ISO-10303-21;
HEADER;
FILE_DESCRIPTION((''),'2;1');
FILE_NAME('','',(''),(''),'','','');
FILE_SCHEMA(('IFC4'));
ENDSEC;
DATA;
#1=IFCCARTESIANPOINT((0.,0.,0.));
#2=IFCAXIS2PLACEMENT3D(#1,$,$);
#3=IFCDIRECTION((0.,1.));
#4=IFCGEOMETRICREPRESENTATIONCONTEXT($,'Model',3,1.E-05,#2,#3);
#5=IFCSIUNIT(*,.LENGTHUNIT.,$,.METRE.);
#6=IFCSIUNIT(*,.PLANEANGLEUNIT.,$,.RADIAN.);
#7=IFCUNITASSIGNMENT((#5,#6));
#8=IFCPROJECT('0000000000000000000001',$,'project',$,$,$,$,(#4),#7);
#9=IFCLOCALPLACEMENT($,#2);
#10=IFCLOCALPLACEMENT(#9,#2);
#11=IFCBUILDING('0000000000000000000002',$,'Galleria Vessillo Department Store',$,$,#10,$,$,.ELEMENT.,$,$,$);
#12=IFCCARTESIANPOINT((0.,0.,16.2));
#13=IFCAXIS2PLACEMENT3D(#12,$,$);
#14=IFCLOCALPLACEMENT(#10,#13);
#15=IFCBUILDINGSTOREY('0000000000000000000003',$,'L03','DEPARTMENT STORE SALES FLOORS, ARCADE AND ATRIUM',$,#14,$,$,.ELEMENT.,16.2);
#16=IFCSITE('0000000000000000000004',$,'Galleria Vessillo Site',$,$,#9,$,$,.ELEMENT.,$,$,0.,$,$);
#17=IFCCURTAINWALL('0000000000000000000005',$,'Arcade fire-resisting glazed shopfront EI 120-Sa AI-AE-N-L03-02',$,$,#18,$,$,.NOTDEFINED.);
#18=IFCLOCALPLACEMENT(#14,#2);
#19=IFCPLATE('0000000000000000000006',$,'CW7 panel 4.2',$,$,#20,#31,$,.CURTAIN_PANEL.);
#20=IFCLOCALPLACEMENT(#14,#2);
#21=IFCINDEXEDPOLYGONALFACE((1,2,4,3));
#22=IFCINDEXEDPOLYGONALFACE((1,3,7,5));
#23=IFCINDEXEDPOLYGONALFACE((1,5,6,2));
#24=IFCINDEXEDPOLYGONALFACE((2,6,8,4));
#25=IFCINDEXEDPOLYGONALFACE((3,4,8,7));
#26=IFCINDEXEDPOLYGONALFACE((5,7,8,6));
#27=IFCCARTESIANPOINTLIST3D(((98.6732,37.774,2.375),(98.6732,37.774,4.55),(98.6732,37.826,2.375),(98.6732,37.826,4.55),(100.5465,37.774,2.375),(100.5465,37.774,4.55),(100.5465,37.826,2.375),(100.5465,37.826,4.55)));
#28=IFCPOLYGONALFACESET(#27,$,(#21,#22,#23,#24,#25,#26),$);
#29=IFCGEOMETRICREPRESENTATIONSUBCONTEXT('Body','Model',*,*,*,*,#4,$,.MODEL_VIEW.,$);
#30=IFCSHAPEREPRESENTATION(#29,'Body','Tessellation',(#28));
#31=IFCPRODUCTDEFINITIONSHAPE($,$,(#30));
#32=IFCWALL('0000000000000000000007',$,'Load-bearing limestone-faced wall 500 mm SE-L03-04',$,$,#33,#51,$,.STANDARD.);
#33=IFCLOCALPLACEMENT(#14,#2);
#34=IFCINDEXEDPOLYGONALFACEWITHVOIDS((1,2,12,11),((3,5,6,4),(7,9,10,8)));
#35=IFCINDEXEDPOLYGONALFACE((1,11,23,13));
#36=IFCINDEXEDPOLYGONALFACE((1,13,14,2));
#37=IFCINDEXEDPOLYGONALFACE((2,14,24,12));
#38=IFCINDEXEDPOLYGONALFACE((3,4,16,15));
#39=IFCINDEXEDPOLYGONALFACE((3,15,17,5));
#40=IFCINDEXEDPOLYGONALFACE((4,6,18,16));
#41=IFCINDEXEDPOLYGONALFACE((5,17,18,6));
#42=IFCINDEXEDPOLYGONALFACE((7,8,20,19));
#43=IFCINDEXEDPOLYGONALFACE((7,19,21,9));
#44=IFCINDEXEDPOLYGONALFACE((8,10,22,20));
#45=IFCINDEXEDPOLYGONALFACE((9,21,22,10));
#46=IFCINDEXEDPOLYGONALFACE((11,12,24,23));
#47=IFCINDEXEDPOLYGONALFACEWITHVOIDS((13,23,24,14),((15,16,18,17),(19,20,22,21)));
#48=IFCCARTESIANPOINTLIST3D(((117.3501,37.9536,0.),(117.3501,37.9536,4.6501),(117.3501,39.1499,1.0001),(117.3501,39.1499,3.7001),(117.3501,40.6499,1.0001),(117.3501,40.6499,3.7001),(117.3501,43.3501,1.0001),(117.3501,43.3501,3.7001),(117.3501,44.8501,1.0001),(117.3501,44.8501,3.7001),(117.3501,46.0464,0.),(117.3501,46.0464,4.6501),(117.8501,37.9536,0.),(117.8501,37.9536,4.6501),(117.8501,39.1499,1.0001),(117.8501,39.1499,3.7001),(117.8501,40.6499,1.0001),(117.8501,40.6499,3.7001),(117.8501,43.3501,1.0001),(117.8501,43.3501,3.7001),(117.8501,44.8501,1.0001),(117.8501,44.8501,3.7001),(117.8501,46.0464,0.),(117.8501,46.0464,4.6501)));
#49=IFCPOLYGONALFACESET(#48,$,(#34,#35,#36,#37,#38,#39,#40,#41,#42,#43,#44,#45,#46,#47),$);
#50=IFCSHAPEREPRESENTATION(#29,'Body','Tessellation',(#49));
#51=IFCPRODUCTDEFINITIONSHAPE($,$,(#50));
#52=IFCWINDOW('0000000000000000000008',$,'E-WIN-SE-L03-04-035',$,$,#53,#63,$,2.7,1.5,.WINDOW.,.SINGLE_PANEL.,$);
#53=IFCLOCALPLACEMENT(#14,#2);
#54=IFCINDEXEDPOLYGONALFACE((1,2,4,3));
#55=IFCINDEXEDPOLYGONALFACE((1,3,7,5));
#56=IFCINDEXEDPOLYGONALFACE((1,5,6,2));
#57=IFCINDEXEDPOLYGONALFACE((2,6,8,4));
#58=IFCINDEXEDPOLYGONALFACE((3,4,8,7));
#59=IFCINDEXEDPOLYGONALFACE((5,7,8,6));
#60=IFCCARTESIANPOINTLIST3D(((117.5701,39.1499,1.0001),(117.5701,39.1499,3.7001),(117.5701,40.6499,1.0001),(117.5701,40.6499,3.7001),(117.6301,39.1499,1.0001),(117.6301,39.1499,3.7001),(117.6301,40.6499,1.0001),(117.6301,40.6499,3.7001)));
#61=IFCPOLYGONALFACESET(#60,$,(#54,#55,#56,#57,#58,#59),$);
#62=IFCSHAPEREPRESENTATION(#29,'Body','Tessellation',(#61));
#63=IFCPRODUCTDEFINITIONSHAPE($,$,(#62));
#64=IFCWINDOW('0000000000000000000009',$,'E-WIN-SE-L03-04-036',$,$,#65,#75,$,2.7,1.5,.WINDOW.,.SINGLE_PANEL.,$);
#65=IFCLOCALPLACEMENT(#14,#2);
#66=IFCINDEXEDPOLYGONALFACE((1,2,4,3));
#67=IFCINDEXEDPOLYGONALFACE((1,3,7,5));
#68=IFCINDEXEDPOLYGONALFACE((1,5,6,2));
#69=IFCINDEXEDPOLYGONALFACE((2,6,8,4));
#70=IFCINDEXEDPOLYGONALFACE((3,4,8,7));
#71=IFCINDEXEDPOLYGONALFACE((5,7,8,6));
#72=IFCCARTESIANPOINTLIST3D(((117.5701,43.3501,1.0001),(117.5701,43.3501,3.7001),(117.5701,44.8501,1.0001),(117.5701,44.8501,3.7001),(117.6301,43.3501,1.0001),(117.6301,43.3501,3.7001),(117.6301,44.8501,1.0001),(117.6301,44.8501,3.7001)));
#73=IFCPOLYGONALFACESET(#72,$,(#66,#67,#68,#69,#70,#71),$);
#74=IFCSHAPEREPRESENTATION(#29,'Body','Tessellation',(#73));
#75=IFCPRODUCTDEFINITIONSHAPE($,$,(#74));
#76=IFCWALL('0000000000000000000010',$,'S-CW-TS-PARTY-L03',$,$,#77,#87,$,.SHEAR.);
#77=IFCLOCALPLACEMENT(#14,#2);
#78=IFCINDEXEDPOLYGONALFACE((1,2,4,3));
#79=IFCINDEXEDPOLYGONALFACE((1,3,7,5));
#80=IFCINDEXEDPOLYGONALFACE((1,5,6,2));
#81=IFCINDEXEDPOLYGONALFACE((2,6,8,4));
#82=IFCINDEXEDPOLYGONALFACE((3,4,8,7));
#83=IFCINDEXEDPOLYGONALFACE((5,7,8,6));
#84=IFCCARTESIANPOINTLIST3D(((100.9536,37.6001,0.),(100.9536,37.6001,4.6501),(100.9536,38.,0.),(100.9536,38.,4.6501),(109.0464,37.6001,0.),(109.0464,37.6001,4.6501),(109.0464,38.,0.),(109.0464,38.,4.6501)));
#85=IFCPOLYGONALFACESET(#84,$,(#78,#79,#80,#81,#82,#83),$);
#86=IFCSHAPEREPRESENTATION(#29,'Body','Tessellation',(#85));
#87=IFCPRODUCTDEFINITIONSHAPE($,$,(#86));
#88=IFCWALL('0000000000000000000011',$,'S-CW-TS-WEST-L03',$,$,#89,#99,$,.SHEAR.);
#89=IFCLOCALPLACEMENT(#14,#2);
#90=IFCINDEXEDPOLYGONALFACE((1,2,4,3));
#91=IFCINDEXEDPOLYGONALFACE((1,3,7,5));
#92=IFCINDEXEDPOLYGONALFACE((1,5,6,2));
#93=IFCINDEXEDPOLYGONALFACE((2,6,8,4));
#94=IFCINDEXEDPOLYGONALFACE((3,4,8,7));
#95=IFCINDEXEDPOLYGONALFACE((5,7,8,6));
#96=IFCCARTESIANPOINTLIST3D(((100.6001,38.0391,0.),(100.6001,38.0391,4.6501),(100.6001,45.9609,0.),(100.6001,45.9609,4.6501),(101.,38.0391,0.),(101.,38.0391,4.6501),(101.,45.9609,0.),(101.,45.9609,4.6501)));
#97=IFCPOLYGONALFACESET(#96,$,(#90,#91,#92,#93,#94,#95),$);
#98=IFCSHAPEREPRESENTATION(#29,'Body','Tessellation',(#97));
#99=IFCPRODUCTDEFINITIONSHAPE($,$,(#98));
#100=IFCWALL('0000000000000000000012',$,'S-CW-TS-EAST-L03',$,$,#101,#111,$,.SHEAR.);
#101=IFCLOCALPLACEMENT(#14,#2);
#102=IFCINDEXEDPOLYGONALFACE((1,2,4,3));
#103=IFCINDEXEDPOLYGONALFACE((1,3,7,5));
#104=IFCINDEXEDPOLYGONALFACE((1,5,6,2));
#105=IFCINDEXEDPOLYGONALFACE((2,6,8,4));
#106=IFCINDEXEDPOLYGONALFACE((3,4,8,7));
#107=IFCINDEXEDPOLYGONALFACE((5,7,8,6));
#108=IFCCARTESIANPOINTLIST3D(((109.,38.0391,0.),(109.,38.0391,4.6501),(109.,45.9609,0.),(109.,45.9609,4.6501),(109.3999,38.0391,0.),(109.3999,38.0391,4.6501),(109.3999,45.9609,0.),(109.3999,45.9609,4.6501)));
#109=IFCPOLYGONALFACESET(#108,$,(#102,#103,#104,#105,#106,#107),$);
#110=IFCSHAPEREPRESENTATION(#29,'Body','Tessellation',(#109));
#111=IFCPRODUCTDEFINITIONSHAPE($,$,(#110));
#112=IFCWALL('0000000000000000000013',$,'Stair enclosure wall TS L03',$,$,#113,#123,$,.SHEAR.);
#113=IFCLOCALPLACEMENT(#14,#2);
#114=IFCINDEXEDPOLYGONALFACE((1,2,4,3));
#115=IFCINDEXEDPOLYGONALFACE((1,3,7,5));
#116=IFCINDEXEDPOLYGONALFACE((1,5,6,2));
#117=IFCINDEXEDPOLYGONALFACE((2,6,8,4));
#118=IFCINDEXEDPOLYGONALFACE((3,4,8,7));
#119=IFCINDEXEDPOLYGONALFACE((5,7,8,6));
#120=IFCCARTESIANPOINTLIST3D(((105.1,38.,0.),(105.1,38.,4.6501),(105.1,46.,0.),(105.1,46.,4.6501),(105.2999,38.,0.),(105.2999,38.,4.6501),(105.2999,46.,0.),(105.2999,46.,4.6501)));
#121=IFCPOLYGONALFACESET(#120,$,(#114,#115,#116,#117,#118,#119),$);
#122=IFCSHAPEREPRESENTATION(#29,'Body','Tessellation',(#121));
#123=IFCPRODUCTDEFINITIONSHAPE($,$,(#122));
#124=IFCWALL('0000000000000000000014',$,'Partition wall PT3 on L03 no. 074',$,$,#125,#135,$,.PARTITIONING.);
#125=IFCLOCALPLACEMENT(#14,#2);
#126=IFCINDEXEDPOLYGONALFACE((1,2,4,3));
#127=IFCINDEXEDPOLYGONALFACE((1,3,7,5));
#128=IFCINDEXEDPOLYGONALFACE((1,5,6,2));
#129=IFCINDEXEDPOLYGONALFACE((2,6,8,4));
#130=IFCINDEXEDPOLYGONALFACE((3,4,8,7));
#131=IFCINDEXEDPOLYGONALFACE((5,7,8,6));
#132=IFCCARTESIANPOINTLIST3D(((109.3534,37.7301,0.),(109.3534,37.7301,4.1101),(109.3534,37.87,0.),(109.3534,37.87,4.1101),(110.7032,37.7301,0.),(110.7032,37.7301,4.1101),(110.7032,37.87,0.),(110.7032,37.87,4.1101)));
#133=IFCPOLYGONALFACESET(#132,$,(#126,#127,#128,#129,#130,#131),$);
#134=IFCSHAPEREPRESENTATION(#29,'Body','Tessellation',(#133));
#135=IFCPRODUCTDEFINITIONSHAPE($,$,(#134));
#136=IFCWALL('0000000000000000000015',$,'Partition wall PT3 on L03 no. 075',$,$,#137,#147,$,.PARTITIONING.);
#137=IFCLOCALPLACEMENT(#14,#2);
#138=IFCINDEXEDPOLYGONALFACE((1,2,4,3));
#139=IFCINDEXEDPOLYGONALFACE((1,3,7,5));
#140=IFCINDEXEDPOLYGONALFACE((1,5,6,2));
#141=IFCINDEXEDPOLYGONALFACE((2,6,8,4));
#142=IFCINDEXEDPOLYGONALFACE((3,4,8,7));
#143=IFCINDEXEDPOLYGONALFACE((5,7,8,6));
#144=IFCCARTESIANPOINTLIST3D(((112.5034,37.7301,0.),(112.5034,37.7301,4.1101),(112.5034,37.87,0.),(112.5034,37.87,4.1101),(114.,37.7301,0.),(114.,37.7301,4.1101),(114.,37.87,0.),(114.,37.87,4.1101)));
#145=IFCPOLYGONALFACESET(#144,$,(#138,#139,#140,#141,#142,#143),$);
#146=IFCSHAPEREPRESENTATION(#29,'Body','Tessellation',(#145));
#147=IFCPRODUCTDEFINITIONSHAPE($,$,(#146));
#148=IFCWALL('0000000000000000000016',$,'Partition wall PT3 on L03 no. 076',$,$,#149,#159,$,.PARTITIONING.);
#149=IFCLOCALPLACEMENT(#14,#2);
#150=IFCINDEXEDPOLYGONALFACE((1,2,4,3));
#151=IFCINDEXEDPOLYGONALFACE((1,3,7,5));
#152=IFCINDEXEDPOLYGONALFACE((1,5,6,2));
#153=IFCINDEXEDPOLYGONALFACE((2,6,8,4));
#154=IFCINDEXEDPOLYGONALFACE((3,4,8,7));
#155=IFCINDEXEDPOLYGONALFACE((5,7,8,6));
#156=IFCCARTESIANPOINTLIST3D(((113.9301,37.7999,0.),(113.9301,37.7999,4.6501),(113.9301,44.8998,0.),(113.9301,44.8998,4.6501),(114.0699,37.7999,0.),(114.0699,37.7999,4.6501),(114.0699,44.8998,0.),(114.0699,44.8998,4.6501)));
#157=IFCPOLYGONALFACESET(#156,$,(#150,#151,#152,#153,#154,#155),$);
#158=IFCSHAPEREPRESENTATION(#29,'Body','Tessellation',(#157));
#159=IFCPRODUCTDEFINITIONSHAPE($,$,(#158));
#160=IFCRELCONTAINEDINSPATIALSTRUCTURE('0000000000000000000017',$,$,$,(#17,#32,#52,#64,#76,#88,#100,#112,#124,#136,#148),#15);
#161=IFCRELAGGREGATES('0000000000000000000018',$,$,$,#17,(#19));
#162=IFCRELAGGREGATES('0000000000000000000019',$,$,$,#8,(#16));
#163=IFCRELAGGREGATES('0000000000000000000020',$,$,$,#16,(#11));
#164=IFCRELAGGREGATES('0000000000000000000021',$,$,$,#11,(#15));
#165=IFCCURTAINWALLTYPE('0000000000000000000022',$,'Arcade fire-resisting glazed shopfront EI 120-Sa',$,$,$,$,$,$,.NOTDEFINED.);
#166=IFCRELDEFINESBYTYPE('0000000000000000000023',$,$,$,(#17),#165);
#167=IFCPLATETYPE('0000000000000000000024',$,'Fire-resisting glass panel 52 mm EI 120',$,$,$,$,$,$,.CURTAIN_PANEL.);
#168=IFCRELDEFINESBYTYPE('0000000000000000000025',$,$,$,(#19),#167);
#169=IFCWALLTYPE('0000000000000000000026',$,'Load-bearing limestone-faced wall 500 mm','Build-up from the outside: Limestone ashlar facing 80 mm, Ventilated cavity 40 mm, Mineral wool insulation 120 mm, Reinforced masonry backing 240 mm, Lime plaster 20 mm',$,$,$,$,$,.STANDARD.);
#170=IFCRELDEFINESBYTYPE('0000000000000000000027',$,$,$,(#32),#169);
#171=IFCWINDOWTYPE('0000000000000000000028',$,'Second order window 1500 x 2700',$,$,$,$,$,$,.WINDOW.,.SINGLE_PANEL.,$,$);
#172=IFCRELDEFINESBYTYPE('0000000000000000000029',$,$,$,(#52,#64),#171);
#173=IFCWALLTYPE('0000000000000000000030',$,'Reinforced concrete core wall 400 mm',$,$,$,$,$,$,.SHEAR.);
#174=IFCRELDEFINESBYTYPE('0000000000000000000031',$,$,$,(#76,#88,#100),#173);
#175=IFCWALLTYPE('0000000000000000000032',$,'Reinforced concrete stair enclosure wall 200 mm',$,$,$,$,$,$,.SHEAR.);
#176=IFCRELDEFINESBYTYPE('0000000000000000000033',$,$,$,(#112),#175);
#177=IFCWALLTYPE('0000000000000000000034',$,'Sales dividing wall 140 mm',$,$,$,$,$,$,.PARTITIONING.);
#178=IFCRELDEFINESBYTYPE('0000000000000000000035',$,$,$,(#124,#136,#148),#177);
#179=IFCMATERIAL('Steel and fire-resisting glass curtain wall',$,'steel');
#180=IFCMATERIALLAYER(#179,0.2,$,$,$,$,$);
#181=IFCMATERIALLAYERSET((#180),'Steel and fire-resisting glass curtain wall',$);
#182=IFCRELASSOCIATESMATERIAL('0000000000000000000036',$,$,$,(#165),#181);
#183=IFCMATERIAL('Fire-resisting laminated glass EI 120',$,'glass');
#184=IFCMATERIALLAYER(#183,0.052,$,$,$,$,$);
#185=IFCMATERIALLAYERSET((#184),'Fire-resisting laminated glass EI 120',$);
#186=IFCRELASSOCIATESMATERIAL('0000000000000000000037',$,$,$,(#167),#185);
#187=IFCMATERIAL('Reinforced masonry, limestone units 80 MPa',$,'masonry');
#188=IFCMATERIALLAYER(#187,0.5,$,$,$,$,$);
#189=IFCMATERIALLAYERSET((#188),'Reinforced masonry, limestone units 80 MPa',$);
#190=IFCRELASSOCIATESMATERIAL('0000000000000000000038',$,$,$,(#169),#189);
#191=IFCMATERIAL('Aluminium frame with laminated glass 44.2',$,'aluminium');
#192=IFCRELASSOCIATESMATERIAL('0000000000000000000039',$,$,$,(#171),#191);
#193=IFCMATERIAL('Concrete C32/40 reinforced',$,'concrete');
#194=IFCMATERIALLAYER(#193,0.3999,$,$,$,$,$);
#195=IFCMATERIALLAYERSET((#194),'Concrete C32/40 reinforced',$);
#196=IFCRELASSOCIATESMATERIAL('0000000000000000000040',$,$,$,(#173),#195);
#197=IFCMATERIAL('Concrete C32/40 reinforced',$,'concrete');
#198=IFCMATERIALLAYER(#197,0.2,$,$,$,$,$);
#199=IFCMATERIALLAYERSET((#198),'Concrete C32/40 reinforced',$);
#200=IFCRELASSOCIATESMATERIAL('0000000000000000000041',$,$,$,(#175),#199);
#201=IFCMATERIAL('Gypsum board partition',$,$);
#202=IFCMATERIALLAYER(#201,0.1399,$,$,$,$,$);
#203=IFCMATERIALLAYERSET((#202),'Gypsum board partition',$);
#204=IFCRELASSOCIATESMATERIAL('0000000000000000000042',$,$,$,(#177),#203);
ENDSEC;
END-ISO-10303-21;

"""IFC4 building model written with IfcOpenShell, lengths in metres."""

from ifc_helpers import new_model, si_unit, direction, frame, frame_2d, origin, origin_2d, place, context, subcontext, project, spatial, rectangle, extrude, material, layer, layer_set, type_object, element, fill, aggregate, save


model = new_model("IFC4")

# Units and contexts
model_context = context("Model", 3, precision=1e-05, world=origin(), true_north=direction((0.0, 1.0)))
body_context = subcontext(model_context, "Body", "Model", "MODEL_VIEW")
ifc_project = project(units=[si_unit("LENGTHUNIT", "METRE"), si_unit("PLANEANGLEUNIT", "RADIAN")], contexts=[model_context])

# Site, building, storey
site_placement = place(None, origin())
site = spatial("IfcSite", under=ifc_project, at=site_placement, Name="Galleria Vessillo Site", CompositionType="ELEMENT", RefElevation=0.0)
building_placement = place(site_placement, origin())
building = spatial("IfcBuilding", under=site, at=building_placement, Name="Galleria Vessillo Department Store", CompositionType="ELEMENT")
storey_placement = place(building_placement, frame((0.0, 0.0, 16.2)))
storey = spatial("IfcBuildingStorey", under=building, at=storey_placement, Name="L03", Description="DEPARTMENT STORE SALES FLOORS, ARCADE AND ATRIUM", CompositionType="ELEMENT", Elevation=16.2)

# Curtain wall, plate
ifc_material_1 = material(Name="Steel and fire-resisting glass curtain wall", Category="steel")
ifc_layer_1 = layer(ifc_material_1, 0.2)
ifc_layer_set_1 = layer_set([ifc_layer_1], Name="Steel and fire-resisting glass curtain wall")
curtain_wall_type = type_object("IfcCurtainWallType", Name="Arcade fire-resisting glazed shopfront EI 120-Sa", PredefinedType="NOTDEFINED", material=ifc_layer_set_1)
curtain_wall_placement = place(storey_placement, origin())
curtain_wall = element("IfcCurtainWall", 1, at=curtain_wall_placement, inside=storey, type_object=curtain_wall_type, Name="Arcade fire-resisting glazed shopfront EI 120-Sa AI-AE-N-L03-02", PredefinedType="NOTDEFINED")
ifc_material_2 = material(Name="Fire-resisting laminated glass EI 120", Category="glass")
ifc_layer_2 = layer(ifc_material_2, 0.052)
ifc_layer_set_2 = layer_set([ifc_layer_2], Name="Fire-resisting laminated glass EI 120")
plate_type = type_object("IfcPlateType", Name="Fire-resisting glass panel 52 mm EI 120", PredefinedType="CURTAIN_PANEL", material=ifc_layer_set_2)
plate_1_placement = place(storey_placement, frame((99.6099, 37.8, 2.375), z_axis=(0.0, 0.0, 1.0), x_axis=(1.0, 0.0, 0.0)))
plate_1 = element("IfcPlate", 2, at=plate_1_placement, type_object=plate_type, Name="CW7 panel 4.2", PredefinedType="CURTAIN_PANEL", context=body_context, shape_type="SweptSolid", body=[
    extrude(rectangle(XDim=1.8733, YDim=0.052, at=origin_2d()), origin(), (0.0, 0.0, 1.0), 2.175),
])
aggregate(curtain_wall, [plate_1])

# Wall, openings, windows
ifc_material_3 = material(Name="Reinforced masonry, limestone units 80 MPa", Category="masonry")
ifc_layer_3 = layer(ifc_material_3, 0.5)
ifc_layer_set_3 = layer_set([ifc_layer_3], Name="Reinforced masonry, limestone units 80 MPa")
wall_type_1 = type_object("IfcWallType", Name="Load-bearing limestone-faced wall 500 mm", Description="Build-up from the outside: Limestone ashlar facing 80 mm, Ventilated cavity 40 mm, Mineral wool insulation 120 mm, Reinforced masonry backing 240 mm, Lime plaster 20 mm", PredefinedType="STANDARD", material=ifc_layer_set_3)
wall_1_placement = place(storey_placement, frame((117.6001, 37.9536, 0.0), z_axis=(0.0, 0.0, 1.0), x_axis=(0.0, 1.0, 0.0)))
wall_1 = element("IfcWall", 3, at=wall_1_placement, inside=storey, type_object=wall_type_1, Name="Load-bearing limestone-faced wall 500 mm SE-L03-04", PredefinedType="STANDARD", context=body_context, shape_type="SweptSolid", body=[
    extrude(rectangle(XDim=8.0928, YDim=0.5, at=frame_2d((4.0464, 0.0))), origin(), (0.0, 0.0, 1.0), 4.6501),
])
opening_1_placement = place(wall_1_placement, frame((1.1963, 0.0, 1.0)))
opening_1 = element("IfcOpeningElement", 4, at=opening_1_placement, cuts=wall_1, PredefinedType="OPENING", context=body_context, shape_type="SweptSolid", body=[
    extrude(rectangle(XDim=1.5, YDim=2.7, at=frame_2d((0.75, 1.3501))), frame((0.0, 0.26, 0.0), z_axis=(0.0, -1.0, 0.0), x_axis=(1.0, 0.0, 0.0)), (0.0, 0.0, 1.0), 0.52),
])
opening_2_placement = place(wall_1_placement, frame((5.3965, 0.0, 1.0)))
opening_2 = element("IfcOpeningElement", 5, at=opening_2_placement, cuts=wall_1, PredefinedType="OPENING", context=body_context, shape_type="SweptSolid", body=[
    extrude(rectangle(XDim=1.5, YDim=2.7, at=frame_2d((0.75, 1.3501))), frame((0.0, 0.26, 0.0), z_axis=(0.0, -1.0, 0.0), x_axis=(1.0, 0.0, 0.0)), (0.0, 0.0, 1.0), 0.52),
])
ifc_material_4 = material(Name="Aluminium frame with laminated glass 44.2", Category="aluminium")
window_type = type_object("IfcWindowType", Name="Second order window 1500 x 2700", PartitioningType="SINGLE_PANEL", PredefinedType="WINDOW", material=ifc_material_4)
window_1_placement = place(opening_1_placement, origin())
window_1 = element("IfcWindow", 6, at=window_1_placement, inside=storey, type_object=window_type, Name="E-WIN-SE-L03-04-035", OverallHeight=2.7, OverallWidth=1.5, PartitioningType="SINGLE_PANEL", PredefinedType="WINDOW", context=body_context, shape_type="SweptSolid", body=[
    extrude(rectangle(XDim=1.5, YDim=2.7, at=frame_2d((0.75, 1.3501))), frame((0.0, 0.03, 0.0), z_axis=(0.0, -1.0, 0.0), x_axis=(1.0, 0.0, 0.0)), (0.0, 0.0, 1.0), 0.0601),
])
fill(opening_1, window_1)
window_2_placement = place(opening_2_placement, origin())
window_2 = element("IfcWindow", 7, at=window_2_placement, inside=storey, type_object=window_type, Name="E-WIN-SE-L03-04-036", OverallHeight=2.7, OverallWidth=1.5, PartitioningType="SINGLE_PANEL", PredefinedType="WINDOW", context=body_context, shape_type="SweptSolid", body=[
    extrude(rectangle(XDim=1.5, YDim=2.7, at=frame_2d((0.75, 1.3501))), frame((0.0, 0.03, 0.0), z_axis=(0.0, -1.0, 0.0), x_axis=(1.0, 0.0, 0.0)), (0.0, 0.0, 1.0), 0.0601),
])
fill(opening_2, window_2)

# Walls
ifc_material_5 = material(Name="Concrete C32/40 reinforced", Category="concrete")
ifc_layer_4 = layer(ifc_material_5, 0.3999)
ifc_layer_set_4 = layer_set([ifc_layer_4], Name="Concrete C32/40 reinforced")
wall_type_2 = type_object("IfcWallType", Name="Reinforced concrete core wall 400 mm", PredefinedType="SHEAR", material=ifc_layer_set_4)
wall_2_placement = place(storey_placement, frame((100.9536, 37.8, 0.0), z_axis=(0.0, 0.0, 1.0), x_axis=(1.0, 0.0, 0.0)))
element("IfcWall", 8, at=wall_2_placement, inside=storey, type_object=wall_type_2, Name="S-CW-TS-PARTY-L03", PredefinedType="SHEAR", context=body_context, shape_type="SweptSolid", body=[
    extrude(rectangle(XDim=8.0928, YDim=0.3999, at=frame_2d((4.0464, 0.0))), origin(), (0.0, 0.0, 1.0), 4.6501),
])
for number, where, z_axis, x_axis, name in (
    (9, (100.8, 38.0391, 0.0), (0.0, 0.0, 1.0), (0.0, 1.0, 0.0), "S-CW-TS-WEST-L03"),
    (10, (109.2, 38.0391, 0.0), (0.0, 0.0, 1.0), (0.0, 1.0, 0.0), "S-CW-TS-EAST-L03"),
):
    element("IfcWall", number, at=place(storey_placement, frame(where, z_axis=z_axis, x_axis=x_axis)), inside=storey, type_object=wall_type_2, Name=name, PredefinedType="SHEAR", context=body_context, shape_type="SweptSolid", body=[
        extrude(rectangle(XDim=7.9219, YDim=0.3999, at=frame_2d((3.9609, 0.0))), origin(), (0.0, 0.0, 1.0), 4.6501),
    ])
ifc_material_6 = material(Name="Concrete C32/40 reinforced", Category="concrete")
ifc_layer_5 = layer(ifc_material_6, 0.2)
ifc_layer_set_5 = layer_set([ifc_layer_5], Name="Concrete C32/40 reinforced")
wall_type_3 = type_object("IfcWallType", Name="Reinforced concrete stair enclosure wall 200 mm", PredefinedType="SHEAR", material=ifc_layer_set_5)
wall_3_placement = place(storey_placement, frame((105.2, 38.0, 0.0), z_axis=(0.0, 0.0, 1.0), x_axis=(0.0, 1.0, 0.0)))
element("IfcWall", 11, at=wall_3_placement, inside=storey, type_object=wall_type_3, Name="Stair enclosure wall TS L03", PredefinedType="SHEAR", context=body_context, shape_type="SweptSolid", body=[
    extrude(rectangle(XDim=8.0, YDim=0.2, at=frame_2d((4.0, 0.0))), origin(), (0.0, 0.0, 1.0), 4.6501),
])
ifc_material_7 = material(Name="Gypsum board partition")
ifc_layer_6 = layer(ifc_material_7, 0.1399)
ifc_layer_set_6 = layer_set([ifc_layer_6], Name="Gypsum board partition")
wall_type_4 = type_object("IfcWallType", Name="Sales dividing wall 140 mm", PredefinedType="PARTITIONING", material=ifc_layer_set_6)
wall_4_placement = place(storey_placement, frame((109.3535, 37.8, 0.0), z_axis=(0.0, 0.0, 1.0), x_axis=(1.0, 0.0, 0.0)))
element("IfcWall", 12, at=wall_4_placement, inside=storey, type_object=wall_type_4, Name="Partition wall PT3 on L03 no. 074", PredefinedType="PARTITIONING", context=body_context, shape_type="SweptSolid", body=[
    extrude(rectangle(XDim=1.3499, YDim=0.1399, at=frame_2d((0.6748, 0.0))), origin(), (0.0, 0.0, 1.0), 4.1101),
])
wall_5_placement = place(storey_placement, frame((112.5034, 37.8, 0.0), z_axis=(0.0, 0.0, 1.0), x_axis=(1.0, 0.0, 0.0)))
element("IfcWall", 13, at=wall_5_placement, inside=storey, type_object=wall_type_4, Name="Partition wall PT3 on L03 no. 075", PredefinedType="PARTITIONING", context=body_context, shape_type="SweptSolid", body=[
    extrude(rectangle(XDim=1.4966, YDim=0.1399, at=frame_2d((0.7483, 0.0))), origin(), (0.0, 0.0, 1.0), 4.1101),
])
wall_6_placement = place(storey_placement, frame((114.0, 37.8, 0.0), z_axis=(0.0, 0.0, 1.0), x_axis=(0.0, 1.0, 0.0)))
element("IfcWall", 14, at=wall_6_placement, inside=storey, type_object=wall_type_4, Name="Partition wall PT3 on L03 no. 076", PredefinedType="PARTITIONING", context=body_context, shape_type="SweptSolid", body=[
    extrude(rectangle(XDim=7.0999, YDim=0.1399, at=frame_2d((3.5498, 0.0))), origin(), (0.0, 0.0, 1.0), 4.6501),
])

save(model, "model.ifc")
